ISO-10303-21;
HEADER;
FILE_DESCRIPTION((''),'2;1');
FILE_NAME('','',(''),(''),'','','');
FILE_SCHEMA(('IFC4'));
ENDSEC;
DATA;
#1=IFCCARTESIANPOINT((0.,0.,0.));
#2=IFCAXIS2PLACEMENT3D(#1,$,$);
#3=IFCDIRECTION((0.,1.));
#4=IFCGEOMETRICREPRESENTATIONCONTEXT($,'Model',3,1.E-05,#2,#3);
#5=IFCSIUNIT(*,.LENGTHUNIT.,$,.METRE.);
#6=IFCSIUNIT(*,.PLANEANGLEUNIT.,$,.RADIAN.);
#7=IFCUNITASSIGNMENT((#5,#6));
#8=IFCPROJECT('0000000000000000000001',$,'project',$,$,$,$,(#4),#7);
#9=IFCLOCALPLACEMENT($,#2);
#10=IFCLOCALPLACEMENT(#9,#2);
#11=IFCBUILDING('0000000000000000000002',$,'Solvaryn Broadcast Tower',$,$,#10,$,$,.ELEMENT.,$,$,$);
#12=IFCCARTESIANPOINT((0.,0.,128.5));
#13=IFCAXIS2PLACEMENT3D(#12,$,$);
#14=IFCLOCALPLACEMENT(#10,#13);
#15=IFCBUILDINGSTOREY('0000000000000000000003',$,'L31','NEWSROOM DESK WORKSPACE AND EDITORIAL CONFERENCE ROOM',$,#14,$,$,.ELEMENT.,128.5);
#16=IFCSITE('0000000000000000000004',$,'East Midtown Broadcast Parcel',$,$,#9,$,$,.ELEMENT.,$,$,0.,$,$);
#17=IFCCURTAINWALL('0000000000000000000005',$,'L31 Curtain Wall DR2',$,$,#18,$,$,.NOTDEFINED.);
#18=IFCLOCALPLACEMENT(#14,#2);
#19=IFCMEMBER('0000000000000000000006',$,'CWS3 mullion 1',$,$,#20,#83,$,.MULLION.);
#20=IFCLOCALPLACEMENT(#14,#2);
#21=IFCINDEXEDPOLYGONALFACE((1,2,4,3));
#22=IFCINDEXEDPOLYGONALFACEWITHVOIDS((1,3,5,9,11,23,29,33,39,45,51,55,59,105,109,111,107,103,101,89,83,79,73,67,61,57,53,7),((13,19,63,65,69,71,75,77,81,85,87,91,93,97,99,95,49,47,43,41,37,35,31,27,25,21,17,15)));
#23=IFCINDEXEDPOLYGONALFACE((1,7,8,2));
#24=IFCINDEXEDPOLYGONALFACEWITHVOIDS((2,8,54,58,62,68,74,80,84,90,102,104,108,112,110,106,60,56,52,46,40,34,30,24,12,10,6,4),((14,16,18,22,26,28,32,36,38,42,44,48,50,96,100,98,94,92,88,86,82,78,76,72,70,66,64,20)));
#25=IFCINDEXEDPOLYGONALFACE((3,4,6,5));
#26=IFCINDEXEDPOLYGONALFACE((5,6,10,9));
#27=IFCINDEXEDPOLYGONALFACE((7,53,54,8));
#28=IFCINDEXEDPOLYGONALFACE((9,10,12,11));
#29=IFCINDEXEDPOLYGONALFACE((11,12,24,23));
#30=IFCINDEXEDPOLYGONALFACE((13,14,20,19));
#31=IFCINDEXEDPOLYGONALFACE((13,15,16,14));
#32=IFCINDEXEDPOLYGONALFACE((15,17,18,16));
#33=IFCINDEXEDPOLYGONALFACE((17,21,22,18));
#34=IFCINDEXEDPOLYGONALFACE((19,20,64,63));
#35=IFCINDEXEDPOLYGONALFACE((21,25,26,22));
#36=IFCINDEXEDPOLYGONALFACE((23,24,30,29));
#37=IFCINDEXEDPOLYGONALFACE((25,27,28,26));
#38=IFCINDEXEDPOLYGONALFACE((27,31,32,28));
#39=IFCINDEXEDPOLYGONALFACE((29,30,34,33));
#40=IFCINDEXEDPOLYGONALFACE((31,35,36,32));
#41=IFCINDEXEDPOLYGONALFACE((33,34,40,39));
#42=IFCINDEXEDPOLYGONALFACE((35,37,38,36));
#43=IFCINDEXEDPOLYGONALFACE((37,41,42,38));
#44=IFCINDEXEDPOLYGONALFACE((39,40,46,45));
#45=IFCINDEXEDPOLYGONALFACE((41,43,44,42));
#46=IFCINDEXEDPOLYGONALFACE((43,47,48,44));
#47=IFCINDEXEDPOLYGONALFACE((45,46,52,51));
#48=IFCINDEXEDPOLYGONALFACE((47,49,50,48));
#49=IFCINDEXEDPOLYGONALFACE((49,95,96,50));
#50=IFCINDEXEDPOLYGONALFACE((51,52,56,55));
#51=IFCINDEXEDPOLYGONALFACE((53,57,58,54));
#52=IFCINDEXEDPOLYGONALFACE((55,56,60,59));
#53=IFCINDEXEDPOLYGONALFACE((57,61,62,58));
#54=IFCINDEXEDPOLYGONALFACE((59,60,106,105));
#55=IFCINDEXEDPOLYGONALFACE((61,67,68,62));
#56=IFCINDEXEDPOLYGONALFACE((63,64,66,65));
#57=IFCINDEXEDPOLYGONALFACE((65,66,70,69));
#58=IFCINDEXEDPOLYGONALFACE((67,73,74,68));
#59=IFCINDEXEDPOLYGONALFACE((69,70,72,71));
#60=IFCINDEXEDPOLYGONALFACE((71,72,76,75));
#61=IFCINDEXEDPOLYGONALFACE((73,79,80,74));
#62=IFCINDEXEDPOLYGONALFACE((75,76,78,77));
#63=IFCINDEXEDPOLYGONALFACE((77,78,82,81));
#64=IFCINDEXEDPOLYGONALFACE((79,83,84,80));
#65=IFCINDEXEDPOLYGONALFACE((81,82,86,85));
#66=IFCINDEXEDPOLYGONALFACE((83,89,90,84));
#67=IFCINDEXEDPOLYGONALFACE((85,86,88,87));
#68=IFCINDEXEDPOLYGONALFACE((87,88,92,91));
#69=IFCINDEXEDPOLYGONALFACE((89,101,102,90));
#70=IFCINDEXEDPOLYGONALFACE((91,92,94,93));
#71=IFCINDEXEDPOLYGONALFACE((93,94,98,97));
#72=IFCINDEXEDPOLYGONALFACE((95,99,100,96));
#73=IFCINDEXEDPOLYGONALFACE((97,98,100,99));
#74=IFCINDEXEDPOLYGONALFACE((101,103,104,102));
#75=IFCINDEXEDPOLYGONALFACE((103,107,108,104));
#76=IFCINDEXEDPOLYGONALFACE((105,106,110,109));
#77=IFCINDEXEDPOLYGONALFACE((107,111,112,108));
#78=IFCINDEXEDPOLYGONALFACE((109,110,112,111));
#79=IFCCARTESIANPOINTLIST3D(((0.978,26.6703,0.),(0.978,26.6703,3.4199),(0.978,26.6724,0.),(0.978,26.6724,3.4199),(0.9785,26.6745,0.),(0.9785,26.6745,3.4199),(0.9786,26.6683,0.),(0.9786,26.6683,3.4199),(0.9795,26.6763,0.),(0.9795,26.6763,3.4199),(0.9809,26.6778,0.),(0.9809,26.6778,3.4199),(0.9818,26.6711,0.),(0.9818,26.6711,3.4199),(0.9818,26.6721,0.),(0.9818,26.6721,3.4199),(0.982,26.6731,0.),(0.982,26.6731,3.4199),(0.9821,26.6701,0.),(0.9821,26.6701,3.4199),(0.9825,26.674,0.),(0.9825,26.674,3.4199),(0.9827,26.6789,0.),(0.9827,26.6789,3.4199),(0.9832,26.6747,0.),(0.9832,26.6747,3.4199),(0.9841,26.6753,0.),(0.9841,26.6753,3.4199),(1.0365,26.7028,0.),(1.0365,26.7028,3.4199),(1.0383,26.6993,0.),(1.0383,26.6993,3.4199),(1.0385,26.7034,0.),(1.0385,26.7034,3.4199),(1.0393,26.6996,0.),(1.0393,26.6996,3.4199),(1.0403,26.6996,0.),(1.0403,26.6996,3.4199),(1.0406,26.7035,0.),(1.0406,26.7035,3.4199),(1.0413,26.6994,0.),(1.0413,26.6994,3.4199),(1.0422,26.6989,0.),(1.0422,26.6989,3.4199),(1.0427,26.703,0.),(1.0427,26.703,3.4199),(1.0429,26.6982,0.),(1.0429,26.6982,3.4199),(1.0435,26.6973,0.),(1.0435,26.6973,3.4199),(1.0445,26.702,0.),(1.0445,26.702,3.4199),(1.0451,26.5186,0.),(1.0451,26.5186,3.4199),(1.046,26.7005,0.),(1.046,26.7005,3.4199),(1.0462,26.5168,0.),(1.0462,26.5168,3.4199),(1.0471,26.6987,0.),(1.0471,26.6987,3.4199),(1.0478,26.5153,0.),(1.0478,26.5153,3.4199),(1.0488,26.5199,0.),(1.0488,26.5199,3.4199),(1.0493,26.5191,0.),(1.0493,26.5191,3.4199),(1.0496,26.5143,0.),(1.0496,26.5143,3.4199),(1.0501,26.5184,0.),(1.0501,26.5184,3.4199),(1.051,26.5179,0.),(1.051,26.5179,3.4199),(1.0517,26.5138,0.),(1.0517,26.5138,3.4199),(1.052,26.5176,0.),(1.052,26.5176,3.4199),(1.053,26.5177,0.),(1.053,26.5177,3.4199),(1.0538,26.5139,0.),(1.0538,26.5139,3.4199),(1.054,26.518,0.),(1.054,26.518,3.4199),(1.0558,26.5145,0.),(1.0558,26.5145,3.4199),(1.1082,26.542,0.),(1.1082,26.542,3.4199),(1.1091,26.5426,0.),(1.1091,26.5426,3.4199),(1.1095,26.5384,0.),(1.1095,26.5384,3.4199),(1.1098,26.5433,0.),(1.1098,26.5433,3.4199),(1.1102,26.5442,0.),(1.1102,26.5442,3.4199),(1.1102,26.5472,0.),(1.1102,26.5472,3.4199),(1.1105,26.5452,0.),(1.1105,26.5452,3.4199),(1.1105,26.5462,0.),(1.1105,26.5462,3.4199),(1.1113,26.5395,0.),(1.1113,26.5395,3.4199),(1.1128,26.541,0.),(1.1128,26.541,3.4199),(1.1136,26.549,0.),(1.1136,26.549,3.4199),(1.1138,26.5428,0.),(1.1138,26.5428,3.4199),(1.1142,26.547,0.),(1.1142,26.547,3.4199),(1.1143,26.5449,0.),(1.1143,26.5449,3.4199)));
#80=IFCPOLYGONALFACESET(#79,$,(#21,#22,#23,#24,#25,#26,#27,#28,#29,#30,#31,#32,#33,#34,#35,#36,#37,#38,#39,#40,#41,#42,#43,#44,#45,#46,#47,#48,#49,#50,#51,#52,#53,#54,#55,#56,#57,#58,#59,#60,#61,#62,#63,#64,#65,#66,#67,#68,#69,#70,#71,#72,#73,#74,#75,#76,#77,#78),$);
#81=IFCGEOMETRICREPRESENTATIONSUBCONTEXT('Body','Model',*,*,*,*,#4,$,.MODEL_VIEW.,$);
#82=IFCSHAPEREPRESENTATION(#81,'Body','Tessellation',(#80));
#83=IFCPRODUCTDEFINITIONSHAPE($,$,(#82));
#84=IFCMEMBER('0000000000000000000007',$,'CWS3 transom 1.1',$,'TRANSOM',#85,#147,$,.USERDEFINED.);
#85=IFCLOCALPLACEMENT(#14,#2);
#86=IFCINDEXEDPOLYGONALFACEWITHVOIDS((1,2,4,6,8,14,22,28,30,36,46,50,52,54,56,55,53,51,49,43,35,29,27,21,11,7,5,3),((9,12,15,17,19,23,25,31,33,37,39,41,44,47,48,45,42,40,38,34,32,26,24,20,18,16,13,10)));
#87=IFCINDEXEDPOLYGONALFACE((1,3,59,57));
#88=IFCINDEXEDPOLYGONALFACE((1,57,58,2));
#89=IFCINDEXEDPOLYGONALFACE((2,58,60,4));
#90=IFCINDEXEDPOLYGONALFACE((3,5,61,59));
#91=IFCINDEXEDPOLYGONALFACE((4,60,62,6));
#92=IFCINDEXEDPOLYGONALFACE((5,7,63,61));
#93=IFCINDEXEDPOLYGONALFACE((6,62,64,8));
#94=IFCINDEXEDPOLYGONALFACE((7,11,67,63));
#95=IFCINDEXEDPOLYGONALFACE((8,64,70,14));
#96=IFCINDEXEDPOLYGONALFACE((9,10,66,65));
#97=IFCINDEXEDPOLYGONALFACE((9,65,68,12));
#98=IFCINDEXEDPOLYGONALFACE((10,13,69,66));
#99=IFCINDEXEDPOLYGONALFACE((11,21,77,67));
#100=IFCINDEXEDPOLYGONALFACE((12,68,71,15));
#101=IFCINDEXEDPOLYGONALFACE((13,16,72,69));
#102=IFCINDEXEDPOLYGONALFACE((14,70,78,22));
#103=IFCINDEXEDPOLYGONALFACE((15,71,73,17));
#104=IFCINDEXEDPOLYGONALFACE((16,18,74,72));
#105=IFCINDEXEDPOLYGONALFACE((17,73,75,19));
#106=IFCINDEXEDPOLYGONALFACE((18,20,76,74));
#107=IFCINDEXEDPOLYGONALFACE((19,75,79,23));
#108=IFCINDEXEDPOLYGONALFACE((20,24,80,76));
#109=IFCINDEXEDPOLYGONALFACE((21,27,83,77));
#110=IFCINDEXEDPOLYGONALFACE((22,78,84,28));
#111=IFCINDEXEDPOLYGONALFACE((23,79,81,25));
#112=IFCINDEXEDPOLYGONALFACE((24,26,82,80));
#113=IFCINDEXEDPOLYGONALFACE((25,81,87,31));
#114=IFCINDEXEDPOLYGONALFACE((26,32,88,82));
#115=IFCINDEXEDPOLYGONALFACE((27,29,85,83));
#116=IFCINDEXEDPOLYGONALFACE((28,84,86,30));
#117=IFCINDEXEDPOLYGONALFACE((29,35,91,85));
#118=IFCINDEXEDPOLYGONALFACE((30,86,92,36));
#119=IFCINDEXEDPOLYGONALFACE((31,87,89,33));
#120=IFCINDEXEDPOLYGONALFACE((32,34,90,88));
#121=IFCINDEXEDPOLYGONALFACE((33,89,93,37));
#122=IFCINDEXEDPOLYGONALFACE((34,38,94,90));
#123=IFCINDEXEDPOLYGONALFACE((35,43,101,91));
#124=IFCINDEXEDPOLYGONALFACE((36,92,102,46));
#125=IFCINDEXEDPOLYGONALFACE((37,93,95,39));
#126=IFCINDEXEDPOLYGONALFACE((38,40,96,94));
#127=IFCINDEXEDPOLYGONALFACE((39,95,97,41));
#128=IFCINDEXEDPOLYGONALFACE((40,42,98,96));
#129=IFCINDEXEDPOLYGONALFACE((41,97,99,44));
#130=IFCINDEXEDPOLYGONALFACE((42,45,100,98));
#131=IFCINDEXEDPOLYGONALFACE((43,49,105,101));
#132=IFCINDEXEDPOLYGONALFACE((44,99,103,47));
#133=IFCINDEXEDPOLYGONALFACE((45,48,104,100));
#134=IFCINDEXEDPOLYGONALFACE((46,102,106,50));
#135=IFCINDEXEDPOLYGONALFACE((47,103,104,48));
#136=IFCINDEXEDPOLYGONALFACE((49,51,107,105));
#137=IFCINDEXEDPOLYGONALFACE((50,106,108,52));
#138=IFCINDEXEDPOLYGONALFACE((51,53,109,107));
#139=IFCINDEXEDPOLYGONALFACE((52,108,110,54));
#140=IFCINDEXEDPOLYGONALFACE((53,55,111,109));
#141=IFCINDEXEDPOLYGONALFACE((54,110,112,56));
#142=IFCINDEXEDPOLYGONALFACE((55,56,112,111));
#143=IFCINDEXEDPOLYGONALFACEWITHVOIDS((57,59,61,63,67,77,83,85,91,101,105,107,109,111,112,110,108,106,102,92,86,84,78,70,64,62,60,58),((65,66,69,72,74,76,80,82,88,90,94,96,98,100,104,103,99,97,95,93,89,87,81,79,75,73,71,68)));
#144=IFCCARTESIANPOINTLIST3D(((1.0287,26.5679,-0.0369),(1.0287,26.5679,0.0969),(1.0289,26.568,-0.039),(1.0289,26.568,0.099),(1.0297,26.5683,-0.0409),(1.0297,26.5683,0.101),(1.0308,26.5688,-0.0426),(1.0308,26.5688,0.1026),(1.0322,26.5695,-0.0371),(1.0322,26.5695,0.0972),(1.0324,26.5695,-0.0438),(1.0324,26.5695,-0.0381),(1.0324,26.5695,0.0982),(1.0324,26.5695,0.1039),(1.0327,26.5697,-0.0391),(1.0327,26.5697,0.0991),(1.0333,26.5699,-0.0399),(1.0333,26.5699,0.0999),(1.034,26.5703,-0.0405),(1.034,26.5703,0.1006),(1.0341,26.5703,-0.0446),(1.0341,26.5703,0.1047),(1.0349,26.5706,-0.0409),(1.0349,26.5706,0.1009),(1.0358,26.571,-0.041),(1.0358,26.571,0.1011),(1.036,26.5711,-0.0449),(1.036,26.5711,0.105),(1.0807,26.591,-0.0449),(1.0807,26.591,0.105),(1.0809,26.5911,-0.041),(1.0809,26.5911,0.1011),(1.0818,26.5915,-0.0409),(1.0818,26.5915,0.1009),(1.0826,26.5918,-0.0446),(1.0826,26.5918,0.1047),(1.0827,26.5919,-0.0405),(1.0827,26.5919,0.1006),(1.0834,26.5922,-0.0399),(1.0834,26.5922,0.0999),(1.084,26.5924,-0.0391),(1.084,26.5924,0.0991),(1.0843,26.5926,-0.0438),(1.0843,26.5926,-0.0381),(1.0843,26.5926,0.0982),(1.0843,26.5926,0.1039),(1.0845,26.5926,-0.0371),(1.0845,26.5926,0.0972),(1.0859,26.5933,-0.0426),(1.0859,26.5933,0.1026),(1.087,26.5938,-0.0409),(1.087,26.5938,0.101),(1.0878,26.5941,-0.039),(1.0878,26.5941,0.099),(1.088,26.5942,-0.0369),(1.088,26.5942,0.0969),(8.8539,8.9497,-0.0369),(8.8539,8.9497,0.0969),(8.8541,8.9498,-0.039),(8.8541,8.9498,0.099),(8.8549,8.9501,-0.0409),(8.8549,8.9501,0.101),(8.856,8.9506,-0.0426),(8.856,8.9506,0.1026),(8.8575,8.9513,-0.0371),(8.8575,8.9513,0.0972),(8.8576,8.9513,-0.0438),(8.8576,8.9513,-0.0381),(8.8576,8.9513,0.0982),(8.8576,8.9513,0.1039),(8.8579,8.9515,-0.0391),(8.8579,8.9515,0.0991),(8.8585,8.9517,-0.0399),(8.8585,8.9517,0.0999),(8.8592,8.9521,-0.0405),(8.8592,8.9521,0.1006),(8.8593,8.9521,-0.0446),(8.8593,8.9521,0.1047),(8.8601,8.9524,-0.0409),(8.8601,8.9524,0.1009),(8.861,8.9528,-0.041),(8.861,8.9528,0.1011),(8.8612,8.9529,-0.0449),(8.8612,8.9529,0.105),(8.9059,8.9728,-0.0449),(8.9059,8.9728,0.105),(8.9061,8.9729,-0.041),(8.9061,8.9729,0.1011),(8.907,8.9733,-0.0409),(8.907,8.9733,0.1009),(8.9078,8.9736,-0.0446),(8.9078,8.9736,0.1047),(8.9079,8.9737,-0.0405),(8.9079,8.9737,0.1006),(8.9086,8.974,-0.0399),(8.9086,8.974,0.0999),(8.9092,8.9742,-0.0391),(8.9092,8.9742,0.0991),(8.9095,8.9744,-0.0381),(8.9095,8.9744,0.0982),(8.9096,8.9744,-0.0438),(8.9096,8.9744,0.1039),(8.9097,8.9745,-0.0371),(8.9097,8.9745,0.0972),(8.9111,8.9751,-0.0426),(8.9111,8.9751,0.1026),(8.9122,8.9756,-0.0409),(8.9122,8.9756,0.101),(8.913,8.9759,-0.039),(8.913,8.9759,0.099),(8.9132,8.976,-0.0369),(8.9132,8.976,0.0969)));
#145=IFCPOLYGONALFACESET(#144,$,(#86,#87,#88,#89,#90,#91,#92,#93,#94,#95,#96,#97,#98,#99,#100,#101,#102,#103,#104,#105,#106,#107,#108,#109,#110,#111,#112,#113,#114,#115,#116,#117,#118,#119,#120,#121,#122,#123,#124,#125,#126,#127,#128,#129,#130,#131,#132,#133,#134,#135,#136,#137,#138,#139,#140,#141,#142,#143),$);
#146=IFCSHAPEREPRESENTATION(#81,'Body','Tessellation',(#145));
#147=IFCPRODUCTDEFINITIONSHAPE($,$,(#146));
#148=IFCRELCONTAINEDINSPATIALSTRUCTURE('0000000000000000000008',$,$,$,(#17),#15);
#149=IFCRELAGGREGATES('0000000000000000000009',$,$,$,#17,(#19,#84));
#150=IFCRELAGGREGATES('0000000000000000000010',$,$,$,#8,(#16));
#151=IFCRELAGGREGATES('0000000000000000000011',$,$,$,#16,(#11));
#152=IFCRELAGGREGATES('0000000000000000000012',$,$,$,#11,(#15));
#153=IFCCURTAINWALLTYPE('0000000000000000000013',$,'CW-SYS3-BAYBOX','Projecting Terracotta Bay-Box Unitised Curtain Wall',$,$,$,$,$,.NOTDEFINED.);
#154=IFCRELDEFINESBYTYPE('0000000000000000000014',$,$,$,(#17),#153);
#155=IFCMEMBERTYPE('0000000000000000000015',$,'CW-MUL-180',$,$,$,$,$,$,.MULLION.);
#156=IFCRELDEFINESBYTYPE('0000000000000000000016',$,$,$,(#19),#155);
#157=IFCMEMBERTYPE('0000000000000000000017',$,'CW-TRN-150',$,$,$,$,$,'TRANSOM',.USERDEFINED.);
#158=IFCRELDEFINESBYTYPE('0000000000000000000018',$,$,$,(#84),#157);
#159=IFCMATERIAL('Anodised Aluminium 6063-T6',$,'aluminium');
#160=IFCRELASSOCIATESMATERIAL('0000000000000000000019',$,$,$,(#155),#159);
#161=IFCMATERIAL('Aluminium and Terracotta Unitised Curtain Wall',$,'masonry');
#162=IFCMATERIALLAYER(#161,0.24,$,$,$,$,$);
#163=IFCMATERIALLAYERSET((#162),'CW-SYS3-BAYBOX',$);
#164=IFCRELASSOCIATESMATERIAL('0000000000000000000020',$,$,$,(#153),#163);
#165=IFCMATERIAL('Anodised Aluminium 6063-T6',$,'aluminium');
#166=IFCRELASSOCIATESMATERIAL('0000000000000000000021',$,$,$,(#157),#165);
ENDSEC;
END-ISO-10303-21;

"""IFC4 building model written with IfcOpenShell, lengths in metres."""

from ifc_helpers import new_model, si_unit, direction, frame, origin, origin_2d, place, context, subcontext, project, spatial, hollow_rectangle, extrude, material, layer, layer_set, material_profile, profile_set, type_object, element, aggregate, save


model = new_model("IFC4")

# Units and contexts
model_context = context("Model", 3, precision=1e-05, world=origin(), true_north=direction((0.0, 1.0)))
body_context = subcontext(model_context, "Body", "Model", "MODEL_VIEW")
ifc_project = project(units=[si_unit("LENGTHUNIT", "METRE"), si_unit("PLANEANGLEUNIT", "RADIAN")], contexts=[model_context])

# Site, building, storey
site_placement = place(None, origin())
site = spatial("IfcSite", under=ifc_project, at=site_placement, Name="East Midtown Broadcast Parcel", CompositionType="ELEMENT", RefElevation=0.0)
building_placement = place(site_placement, origin())
building = spatial("IfcBuilding", under=site, at=building_placement, Name="Solvaryn Broadcast Tower", CompositionType="ELEMENT")
storey_placement = place(building_placement, frame((0.0, 0.0, 128.5)))
storey = spatial("IfcBuildingStorey", under=building, at=storey_placement, Name="L31", Description="NEWSROOM DESK WORKSPACE AND EDITORIAL CONFERENCE ROOM", CompositionType="ELEMENT", Elevation=128.5)

# Shared definitions
ifc_material_1 = material(Name="Anodised Aluminium 6063-T6", Category="aluminium")
ifc_material_profile_1 = material_profile(ifc_material_1, hollow_rectangle(XDim=0.075, YDim=0.1799, WallThickness=0.0039, InnerFilletRadius=0.0039, OuterFilletRadius=0.0081, at=origin_2d()))
ifc_profile_set_1 = profile_set([ifc_material_profile_1], Name="Anodised Aluminium 6063-T6")
member_type_1 = type_object("IfcMemberType", Name="CW-MUL-180", PredefinedType="MULLION", material=ifc_profile_set_1)

# Curtain wall, members
ifc_material_2 = material(Name="Aluminium and Terracotta Unitised Curtain Wall", Category="masonry")
ifc_layer_1 = layer(ifc_material_2, 0.24)
ifc_layer_set_1 = layer_set([ifc_layer_1], Name="CW-SYS3-BAYBOX")
curtain_wall_type_1 = type_object("IfcCurtainWallType", Name="CW-SYS3-BAYBOX", Description="Projecting Terracotta Bay-Box Unitised Curtain Wall", PredefinedType="NOTDEFINED", material=ifc_layer_set_1)
curtain_wall_1_placement = place(storey_placement, origin())
curtain_wall_1 = element("IfcCurtainWall", 1, at=curtain_wall_1_placement, inside=storey, type_object=curtain_wall_type_1, Name="L31 Curtain Wall DR2", PredefinedType="NOTDEFINED")
member_1_placement = place(storey_placement, frame((1.0461, 26.6086, 0.0), z_axis=(0.0, 0.0, 1.0), x_axis=(0.913909, 0.405918, 0.0)))
member_1 = element("IfcMember", 2, at=member_1_placement, type_object=member_type_1, Name="CWS3 mullion 1", PredefinedType="MULLION", context=body_context, shape_type="SweptSolid", body=[
    extrude(hollow_rectangle(XDim=0.075, YDim=0.1799, WallThickness=0.0039, InnerFilletRadius=0.0039, OuterFilletRadius=0.0081, at=origin_2d()), origin(), (0.0, 0.0, 1.0), 3.4199),
])
ifc_material_3 = material(Name="Anodised Aluminium 6063-T6", Category="aluminium")
ifc_material_profile_2 = material_profile(ifc_material_3, hollow_rectangle(XDim=0.0649, YDim=0.1499, WallThickness=0.0039, InnerFilletRadius=0.0039, OuterFilletRadius=0.0081, at=origin_2d()))
ifc_profile_set_2 = profile_set([ifc_material_profile_2], Name="Anodised Aluminium 6063-T6")
member_type_2 = type_object("IfcMemberType", Name="CW-TRN-150", ElementType="TRANSOM", PredefinedType="USERDEFINED", material=ifc_profile_set_2)
member_2_placement = place(storey_placement, frame((1.0583, 26.5811, 0.03), z_axis=(0.405918, -0.91391, 0.0), x_axis=(0.91391, 0.405918, 0.0)))
member_2 = element("IfcMember", 3, at=member_2_placement, type_object=member_type_2, Name="CWS3 transom 1.1", ObjectType="TRANSOM", PredefinedType="USERDEFINED", context=body_context, shape_type="SweptSolid", body=[
    extrude(hollow_rectangle(XDim=0.0649, YDim=0.1499, WallThickness=0.0039, InnerFilletRadius=0.0039, OuterFilletRadius=0.0081, at=origin_2d()), origin(), (0.0, 0.0, 1.0), 19.2778),
])
aggregate(curtain_wall_1, [member_1, member_2])

save(model, "model.ifc")
